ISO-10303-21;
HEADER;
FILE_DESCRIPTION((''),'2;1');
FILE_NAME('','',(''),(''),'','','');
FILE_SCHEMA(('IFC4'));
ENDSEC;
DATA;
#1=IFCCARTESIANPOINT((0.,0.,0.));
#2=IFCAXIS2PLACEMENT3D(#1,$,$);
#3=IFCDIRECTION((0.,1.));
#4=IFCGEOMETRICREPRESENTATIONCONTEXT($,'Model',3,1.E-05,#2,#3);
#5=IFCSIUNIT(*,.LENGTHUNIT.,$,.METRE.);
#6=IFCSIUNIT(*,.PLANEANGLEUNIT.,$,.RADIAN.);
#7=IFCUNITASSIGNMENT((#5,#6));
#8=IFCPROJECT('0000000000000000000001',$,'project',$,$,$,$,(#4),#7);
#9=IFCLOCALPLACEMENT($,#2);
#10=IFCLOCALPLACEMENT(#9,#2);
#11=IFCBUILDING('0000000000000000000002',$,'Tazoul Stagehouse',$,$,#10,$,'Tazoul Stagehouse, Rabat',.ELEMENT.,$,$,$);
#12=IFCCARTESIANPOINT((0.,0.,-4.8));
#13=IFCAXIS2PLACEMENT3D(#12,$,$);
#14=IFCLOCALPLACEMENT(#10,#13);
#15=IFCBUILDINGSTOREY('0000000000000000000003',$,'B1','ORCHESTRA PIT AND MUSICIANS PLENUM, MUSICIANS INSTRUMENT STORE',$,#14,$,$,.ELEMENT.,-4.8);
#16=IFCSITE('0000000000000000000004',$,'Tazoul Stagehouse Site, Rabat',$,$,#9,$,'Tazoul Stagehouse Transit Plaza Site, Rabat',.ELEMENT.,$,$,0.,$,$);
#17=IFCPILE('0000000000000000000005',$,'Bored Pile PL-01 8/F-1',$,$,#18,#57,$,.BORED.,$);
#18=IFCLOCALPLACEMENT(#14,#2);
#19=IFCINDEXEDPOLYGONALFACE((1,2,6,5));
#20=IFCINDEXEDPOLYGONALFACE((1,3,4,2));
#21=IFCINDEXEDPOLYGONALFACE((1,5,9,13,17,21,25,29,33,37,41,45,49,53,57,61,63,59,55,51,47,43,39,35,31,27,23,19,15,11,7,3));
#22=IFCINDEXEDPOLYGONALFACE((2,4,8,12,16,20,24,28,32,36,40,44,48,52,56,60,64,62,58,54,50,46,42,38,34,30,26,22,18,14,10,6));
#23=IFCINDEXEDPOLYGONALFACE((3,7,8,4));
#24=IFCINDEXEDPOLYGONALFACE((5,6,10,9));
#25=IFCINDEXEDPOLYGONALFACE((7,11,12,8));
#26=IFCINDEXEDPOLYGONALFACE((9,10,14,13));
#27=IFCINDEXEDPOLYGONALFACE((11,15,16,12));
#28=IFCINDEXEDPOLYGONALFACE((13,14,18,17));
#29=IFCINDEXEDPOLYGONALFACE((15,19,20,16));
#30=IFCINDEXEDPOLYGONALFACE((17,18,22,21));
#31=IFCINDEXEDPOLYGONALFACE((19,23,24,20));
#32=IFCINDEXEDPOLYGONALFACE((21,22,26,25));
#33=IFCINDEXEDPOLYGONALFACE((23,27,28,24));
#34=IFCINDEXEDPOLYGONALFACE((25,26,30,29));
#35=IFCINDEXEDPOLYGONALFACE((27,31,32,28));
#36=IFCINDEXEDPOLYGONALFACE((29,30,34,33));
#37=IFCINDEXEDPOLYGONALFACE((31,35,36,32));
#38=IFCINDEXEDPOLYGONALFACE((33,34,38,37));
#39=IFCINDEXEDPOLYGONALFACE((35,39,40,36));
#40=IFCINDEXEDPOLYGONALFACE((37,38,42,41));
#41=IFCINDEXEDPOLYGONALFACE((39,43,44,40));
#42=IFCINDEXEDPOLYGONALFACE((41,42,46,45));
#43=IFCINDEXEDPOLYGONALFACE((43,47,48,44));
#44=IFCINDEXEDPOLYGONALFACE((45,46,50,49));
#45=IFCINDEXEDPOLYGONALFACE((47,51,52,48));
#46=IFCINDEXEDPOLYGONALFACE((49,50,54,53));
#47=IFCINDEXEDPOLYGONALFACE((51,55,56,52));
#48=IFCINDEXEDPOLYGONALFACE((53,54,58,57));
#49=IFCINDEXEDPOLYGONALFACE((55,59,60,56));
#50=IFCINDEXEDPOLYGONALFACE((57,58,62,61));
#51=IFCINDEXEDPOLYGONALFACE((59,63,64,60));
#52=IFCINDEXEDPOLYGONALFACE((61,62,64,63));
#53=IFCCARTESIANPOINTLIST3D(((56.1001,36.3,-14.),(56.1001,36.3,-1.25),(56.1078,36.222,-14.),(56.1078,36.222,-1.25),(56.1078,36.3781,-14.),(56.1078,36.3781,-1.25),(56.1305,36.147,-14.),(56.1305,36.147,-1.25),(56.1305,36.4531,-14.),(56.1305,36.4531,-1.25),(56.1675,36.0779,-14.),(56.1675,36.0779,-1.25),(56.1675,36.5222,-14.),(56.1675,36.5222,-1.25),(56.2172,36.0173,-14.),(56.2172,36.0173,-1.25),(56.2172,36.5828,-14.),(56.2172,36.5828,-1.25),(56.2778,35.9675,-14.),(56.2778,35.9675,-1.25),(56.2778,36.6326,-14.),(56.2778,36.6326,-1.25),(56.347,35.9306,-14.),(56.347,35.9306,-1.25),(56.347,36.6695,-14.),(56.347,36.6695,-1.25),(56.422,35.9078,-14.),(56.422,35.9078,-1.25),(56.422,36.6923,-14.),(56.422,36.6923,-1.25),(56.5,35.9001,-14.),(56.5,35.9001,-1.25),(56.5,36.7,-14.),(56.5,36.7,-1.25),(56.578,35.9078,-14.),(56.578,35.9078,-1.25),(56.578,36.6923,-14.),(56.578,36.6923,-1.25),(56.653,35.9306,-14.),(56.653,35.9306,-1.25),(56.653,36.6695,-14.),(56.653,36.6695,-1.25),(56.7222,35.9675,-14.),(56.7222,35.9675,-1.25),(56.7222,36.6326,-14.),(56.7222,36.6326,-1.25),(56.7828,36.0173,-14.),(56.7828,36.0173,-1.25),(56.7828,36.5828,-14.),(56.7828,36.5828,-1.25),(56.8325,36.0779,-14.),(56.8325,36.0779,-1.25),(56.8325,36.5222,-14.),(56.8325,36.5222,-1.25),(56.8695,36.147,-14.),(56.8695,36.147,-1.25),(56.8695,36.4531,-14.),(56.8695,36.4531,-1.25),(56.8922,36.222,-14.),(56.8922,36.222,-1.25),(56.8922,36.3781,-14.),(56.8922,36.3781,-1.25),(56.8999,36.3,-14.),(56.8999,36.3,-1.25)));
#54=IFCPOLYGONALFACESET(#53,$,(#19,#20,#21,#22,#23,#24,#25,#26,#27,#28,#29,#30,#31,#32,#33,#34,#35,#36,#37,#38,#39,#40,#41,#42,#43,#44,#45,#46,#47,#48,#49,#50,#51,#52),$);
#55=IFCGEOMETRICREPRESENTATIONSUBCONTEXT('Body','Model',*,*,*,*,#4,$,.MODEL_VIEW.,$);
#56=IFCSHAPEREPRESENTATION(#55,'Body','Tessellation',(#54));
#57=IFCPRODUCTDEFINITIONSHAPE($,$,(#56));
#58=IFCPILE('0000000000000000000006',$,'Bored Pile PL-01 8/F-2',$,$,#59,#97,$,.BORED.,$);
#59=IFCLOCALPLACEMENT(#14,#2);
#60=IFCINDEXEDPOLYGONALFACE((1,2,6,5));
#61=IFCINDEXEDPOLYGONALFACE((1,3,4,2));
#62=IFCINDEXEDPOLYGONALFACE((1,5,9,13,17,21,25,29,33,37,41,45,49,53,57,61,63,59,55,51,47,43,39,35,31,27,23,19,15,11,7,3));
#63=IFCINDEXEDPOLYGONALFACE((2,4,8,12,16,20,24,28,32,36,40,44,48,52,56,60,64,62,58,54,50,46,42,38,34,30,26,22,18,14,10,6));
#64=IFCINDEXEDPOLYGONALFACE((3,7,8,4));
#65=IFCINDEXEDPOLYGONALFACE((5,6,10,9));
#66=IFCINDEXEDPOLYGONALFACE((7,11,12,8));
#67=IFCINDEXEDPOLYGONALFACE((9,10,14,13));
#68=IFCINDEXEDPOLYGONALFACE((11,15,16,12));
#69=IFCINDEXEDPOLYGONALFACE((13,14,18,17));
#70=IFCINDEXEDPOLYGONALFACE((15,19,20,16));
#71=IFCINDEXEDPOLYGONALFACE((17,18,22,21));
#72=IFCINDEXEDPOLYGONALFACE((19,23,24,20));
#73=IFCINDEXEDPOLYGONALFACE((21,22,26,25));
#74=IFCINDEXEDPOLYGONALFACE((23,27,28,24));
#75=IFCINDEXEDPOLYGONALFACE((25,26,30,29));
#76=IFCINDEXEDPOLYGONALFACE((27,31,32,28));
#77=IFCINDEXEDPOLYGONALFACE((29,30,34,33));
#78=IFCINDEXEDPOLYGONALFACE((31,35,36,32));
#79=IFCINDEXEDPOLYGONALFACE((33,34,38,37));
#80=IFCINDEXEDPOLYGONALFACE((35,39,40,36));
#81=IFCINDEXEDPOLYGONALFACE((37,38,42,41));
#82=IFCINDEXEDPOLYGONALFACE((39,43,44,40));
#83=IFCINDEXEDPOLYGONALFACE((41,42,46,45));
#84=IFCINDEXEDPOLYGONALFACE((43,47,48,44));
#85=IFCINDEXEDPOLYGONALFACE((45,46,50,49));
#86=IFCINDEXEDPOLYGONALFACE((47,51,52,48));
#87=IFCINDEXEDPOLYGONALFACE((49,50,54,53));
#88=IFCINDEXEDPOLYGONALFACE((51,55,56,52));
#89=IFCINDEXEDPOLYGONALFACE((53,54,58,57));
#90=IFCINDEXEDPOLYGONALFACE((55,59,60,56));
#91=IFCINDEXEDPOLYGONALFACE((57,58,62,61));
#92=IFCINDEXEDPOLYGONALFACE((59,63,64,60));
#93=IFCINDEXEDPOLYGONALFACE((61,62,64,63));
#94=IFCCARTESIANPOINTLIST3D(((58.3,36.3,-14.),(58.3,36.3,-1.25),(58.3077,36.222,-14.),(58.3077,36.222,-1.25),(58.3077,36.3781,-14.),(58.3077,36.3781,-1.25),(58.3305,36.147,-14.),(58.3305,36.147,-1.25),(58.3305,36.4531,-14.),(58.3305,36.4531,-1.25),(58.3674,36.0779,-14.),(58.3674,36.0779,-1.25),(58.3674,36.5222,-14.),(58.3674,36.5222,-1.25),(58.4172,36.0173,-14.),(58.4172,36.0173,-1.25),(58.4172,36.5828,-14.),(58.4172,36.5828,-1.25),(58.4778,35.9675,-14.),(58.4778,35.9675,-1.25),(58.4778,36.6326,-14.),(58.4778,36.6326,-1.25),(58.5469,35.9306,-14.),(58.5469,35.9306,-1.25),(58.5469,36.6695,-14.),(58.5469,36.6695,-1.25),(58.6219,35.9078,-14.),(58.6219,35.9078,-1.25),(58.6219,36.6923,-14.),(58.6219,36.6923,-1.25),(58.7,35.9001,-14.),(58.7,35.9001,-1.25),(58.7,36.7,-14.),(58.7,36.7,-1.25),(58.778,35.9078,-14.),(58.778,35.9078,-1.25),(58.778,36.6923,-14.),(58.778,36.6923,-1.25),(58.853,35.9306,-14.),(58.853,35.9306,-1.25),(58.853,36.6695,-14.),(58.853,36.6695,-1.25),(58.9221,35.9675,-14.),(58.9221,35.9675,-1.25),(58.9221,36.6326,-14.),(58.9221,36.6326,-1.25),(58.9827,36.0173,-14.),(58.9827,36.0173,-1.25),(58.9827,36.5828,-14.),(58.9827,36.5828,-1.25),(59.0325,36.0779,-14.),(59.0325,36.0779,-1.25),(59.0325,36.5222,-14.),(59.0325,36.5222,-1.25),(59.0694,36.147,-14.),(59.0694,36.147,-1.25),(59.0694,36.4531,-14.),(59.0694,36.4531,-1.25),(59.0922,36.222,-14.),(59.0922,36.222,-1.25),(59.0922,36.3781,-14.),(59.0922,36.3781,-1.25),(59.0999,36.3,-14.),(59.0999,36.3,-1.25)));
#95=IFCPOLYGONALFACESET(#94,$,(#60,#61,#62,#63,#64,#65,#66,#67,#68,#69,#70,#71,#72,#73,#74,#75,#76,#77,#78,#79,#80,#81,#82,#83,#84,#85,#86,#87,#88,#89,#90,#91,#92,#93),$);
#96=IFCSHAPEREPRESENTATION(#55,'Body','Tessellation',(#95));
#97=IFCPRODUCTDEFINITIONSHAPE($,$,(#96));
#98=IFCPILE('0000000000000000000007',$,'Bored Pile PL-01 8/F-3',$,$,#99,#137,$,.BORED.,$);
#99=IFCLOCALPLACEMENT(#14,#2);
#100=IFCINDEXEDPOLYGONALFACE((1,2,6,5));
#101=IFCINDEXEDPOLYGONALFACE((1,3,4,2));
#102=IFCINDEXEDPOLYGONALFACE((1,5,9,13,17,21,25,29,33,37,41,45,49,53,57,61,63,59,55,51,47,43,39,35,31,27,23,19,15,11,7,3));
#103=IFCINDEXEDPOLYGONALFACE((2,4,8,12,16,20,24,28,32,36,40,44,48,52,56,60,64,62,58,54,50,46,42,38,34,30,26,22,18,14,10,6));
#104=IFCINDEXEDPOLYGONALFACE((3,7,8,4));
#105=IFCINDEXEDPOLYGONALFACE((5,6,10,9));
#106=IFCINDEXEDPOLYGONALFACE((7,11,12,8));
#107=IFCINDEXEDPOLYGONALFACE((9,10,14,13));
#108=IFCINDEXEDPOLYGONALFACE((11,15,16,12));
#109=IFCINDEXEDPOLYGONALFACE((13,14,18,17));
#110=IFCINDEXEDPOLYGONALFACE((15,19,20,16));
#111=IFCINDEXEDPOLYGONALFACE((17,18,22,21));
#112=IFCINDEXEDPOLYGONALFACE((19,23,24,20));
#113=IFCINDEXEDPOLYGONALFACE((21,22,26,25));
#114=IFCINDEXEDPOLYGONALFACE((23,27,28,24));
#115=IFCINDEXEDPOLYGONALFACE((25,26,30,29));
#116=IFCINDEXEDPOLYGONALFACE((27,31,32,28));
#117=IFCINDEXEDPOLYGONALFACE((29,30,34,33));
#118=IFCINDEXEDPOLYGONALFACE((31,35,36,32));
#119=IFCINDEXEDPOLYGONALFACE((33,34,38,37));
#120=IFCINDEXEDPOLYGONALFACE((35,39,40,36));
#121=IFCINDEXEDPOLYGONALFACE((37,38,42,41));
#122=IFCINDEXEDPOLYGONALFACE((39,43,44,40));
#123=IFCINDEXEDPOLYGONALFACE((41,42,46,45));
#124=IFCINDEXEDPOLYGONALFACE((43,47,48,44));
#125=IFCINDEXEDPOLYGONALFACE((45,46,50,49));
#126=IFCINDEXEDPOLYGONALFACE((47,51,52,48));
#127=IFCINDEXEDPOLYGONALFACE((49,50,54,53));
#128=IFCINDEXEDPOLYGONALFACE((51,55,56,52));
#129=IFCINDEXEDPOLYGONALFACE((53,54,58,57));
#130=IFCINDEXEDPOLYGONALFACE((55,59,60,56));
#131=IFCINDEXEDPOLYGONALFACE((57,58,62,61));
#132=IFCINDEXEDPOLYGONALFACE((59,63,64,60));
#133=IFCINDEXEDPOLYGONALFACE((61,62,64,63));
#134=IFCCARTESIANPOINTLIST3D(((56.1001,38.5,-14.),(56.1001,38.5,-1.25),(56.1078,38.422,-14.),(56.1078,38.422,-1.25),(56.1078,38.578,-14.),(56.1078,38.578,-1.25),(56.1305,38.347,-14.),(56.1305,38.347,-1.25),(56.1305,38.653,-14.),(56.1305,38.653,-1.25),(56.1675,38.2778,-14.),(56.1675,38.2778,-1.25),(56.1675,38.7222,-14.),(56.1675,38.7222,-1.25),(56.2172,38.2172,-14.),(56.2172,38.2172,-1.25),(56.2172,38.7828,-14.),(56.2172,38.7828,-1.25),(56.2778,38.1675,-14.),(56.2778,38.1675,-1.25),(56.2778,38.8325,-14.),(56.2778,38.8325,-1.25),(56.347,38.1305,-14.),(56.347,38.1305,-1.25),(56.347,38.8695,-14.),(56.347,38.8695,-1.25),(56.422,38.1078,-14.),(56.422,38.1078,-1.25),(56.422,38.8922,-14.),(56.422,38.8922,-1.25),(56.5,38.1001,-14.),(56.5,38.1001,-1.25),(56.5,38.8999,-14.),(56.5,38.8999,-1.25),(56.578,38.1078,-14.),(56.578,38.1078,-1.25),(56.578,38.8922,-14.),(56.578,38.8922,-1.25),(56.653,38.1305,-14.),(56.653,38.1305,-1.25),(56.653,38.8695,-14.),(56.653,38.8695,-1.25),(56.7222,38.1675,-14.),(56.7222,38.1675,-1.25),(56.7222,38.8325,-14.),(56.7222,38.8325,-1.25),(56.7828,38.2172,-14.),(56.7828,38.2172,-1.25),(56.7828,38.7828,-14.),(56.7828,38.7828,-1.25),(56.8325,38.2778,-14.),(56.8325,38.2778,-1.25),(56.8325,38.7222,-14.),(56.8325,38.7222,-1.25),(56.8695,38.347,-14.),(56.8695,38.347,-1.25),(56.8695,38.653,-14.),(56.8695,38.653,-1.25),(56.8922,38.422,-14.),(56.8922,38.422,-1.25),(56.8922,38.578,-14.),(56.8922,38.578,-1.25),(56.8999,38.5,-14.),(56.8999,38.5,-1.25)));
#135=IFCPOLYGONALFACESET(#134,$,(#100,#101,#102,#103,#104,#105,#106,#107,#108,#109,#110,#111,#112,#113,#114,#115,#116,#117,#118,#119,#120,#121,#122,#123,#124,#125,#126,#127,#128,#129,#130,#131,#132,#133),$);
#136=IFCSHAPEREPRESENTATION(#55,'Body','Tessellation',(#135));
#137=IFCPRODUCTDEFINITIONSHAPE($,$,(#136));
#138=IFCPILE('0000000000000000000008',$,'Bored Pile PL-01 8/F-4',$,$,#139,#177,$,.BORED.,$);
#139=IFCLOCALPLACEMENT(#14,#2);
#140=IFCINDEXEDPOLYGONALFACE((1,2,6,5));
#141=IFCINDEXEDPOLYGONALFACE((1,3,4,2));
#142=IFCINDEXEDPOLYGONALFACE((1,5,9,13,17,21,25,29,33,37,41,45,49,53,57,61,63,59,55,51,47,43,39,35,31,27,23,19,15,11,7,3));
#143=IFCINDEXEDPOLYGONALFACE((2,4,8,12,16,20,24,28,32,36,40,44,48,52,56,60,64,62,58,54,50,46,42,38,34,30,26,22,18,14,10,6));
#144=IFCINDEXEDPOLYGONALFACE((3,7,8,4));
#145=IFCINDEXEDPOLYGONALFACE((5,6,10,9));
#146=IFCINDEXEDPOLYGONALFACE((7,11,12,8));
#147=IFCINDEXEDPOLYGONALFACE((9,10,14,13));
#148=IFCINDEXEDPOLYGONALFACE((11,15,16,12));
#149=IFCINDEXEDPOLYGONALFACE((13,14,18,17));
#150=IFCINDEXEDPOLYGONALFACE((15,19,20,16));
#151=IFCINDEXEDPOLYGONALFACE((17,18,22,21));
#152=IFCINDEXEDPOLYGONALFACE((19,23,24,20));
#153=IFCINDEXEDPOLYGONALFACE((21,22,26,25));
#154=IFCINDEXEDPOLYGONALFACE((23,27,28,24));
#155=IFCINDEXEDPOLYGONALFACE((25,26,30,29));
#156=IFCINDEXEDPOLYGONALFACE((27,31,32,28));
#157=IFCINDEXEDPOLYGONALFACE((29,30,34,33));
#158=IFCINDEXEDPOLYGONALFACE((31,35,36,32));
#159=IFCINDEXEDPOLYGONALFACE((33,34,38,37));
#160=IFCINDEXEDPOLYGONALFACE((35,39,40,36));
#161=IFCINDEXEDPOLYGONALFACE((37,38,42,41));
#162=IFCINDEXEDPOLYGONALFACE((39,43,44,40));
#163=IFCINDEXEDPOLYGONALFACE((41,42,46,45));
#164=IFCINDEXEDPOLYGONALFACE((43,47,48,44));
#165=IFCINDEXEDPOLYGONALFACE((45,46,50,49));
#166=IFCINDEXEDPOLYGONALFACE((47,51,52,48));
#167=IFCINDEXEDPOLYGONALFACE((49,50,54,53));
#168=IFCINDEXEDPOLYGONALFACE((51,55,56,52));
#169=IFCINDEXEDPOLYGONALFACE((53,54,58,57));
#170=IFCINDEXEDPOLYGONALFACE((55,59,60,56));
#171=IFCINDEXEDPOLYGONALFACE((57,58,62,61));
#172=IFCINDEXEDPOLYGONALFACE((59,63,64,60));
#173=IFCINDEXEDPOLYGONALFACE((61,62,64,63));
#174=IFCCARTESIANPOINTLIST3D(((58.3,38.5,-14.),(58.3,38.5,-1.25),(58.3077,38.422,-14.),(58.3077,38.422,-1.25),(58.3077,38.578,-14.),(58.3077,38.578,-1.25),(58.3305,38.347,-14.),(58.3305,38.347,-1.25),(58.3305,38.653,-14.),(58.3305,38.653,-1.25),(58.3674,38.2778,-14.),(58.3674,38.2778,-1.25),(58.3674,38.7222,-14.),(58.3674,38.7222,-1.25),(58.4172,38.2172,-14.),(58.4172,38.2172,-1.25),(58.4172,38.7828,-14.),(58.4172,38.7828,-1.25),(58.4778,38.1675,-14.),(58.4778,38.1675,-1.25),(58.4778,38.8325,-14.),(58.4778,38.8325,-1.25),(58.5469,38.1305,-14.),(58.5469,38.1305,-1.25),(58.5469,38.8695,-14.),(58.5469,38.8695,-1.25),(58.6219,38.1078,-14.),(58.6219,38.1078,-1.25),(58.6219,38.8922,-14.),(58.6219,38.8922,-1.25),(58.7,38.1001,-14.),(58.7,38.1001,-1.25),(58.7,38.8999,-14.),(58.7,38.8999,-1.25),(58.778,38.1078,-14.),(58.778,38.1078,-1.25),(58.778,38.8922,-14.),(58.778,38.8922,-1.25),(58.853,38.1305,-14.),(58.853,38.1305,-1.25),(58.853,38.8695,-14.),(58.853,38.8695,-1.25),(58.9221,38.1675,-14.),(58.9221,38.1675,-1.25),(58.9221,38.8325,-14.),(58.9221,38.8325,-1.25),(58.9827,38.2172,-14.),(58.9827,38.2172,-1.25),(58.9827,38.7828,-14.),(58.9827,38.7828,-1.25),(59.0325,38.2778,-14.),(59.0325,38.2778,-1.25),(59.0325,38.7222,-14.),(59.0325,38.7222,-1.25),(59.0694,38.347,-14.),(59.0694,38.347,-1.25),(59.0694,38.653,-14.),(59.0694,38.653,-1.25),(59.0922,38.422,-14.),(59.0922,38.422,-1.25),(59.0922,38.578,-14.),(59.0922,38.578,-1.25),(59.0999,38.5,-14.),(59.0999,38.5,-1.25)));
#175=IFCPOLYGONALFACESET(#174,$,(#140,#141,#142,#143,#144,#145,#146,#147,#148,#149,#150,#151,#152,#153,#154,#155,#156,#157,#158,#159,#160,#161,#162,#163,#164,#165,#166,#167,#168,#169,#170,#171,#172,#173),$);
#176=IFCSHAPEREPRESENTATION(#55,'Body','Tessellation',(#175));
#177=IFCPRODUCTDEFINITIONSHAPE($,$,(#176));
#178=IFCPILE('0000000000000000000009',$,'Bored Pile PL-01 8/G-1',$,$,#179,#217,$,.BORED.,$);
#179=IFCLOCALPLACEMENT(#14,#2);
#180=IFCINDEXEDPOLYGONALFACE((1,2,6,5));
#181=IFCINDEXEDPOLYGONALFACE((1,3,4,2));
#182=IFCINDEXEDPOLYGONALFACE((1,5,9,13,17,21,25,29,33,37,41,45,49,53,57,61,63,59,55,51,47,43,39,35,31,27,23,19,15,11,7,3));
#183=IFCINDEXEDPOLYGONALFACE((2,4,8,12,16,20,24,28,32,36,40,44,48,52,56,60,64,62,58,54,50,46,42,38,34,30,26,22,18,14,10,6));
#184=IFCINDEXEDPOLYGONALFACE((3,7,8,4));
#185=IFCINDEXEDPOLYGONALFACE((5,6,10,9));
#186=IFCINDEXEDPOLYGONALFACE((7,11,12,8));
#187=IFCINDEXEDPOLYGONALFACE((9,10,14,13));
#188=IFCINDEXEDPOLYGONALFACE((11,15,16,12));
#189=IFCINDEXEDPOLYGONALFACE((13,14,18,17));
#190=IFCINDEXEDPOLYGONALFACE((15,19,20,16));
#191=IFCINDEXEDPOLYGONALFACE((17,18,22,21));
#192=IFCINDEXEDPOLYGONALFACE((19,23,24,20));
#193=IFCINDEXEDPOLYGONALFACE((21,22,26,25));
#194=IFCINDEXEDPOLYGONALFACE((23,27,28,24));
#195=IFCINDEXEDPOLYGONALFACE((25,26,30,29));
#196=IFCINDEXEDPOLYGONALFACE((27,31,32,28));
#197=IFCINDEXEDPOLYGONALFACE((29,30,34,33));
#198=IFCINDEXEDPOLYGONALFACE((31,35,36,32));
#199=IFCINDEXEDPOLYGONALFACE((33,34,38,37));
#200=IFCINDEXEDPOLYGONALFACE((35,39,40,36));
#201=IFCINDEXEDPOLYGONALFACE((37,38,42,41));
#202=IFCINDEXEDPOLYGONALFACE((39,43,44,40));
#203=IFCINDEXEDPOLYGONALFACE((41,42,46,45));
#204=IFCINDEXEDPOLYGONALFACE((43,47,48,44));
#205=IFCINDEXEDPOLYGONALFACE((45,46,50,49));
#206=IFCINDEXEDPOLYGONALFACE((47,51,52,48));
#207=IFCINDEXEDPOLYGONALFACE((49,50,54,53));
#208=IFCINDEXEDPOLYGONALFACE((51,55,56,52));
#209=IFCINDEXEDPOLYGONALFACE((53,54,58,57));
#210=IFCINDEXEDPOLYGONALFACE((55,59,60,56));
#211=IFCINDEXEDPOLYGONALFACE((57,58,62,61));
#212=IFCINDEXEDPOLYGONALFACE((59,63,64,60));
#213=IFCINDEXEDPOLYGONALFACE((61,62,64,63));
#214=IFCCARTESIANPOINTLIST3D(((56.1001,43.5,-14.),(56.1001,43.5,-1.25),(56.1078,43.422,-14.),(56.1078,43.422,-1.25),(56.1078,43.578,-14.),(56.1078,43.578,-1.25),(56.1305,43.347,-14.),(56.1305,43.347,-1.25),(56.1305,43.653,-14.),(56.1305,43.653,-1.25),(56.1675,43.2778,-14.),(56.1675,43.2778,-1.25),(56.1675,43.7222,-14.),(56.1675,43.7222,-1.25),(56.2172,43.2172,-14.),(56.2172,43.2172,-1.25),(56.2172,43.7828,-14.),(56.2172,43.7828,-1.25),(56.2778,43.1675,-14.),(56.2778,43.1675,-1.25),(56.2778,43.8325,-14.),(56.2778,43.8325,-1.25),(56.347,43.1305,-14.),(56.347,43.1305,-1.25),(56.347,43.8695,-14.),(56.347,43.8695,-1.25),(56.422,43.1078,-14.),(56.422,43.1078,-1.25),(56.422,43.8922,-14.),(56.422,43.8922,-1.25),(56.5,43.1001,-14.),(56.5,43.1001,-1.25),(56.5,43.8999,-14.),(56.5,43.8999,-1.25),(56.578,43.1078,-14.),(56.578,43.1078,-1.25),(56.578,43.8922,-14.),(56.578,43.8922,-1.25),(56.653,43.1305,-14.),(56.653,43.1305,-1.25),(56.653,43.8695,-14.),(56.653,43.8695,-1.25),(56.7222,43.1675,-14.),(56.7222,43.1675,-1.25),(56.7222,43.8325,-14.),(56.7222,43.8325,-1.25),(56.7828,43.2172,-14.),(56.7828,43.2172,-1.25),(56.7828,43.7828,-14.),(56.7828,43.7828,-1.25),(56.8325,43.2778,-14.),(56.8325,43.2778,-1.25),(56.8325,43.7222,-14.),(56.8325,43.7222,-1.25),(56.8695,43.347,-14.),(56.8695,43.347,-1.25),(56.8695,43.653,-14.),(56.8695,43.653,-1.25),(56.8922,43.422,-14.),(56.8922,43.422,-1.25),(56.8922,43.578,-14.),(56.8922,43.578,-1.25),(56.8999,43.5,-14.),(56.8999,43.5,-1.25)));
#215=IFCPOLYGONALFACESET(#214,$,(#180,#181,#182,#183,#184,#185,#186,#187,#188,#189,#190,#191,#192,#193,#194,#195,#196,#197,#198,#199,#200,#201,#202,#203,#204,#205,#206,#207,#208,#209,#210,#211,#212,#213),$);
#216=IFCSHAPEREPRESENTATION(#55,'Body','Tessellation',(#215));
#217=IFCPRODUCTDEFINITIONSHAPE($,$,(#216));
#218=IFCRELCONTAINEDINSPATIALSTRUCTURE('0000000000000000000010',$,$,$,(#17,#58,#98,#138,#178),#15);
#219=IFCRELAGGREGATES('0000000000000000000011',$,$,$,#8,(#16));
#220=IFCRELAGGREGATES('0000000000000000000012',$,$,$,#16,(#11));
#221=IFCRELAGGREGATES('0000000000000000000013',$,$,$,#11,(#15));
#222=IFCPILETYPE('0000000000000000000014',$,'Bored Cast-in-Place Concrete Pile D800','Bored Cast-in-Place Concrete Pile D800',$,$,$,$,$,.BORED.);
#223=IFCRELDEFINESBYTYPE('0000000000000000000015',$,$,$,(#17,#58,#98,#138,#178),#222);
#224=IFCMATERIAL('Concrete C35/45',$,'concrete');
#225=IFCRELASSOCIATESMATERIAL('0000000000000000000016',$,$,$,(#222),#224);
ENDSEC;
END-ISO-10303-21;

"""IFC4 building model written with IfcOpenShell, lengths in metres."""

from ifc_helpers import new_model, si_unit, direction, frame, origin, origin_2d, place, context, subcontext, project, spatial, circle, extrude, material, material_profile, profile_set, type_object, element, save


model = new_model("IFC4")

# Units and contexts
model_context = context("Model", 3, precision=1e-05, world=origin(), true_north=direction((0.0, 1.0)))
body_context = subcontext(model_context, "Body", "Model", "MODEL_VIEW")
ifc_project = project(units=[si_unit("LENGTHUNIT", "METRE"), si_unit("PLANEANGLEUNIT", "RADIAN")], contexts=[model_context])

# Site, building, storey
site_placement = place(None, origin())
site = spatial("IfcSite", under=ifc_project, at=site_placement, Name="Tazoul Stagehouse Site, Rabat", LongName="Tazoul Stagehouse Transit Plaza Site, Rabat", CompositionType="ELEMENT", RefElevation=0.0)
building_placement = place(site_placement, origin())
building = spatial("IfcBuilding", under=site, at=building_placement, Name="Tazoul Stagehouse", LongName="Tazoul Stagehouse, Rabat", CompositionType="ELEMENT")
storey_placement = place(building_placement, frame((0.0, 0.0, -4.8)))
storey = spatial("IfcBuildingStorey", under=building, at=storey_placement, Name="B1", Description="ORCHESTRA PIT AND MUSICIANS PLENUM, MUSICIANS INSTRUMENT STORE", CompositionType="ELEMENT", Elevation=-4.8)

# Piles
ifc_material_1 = material(Name="Concrete C35/45", Category="concrete")
ifc_material_profile_1 = material_profile(ifc_material_1, circle(Radius=0.3999, at=origin_2d()), Name="BORED PILE 800")
ifc_profile_set_1 = profile_set([ifc_material_profile_1], Name="Concrete C35/45")
pile_type = type_object("IfcPileType", Name="Bored Cast-in-Place Concrete Pile D800", Description="Bored Cast-in-Place Concrete Pile D800", PredefinedType="BORED", material=ifc_profile_set_1)
for number, where, z_axis, x_axis, name in (
    (1, (56.5, 36.3, -1.25), (0.0, 0.0, -1.0), (1.0, 0.0, 0.0), "Bored Pile PL-01 8/F-1"),
    (2, (58.7, 36.3, -1.25), (0.0, 0.0, -1.0), (1.0, 0.0, 0.0), "Bored Pile PL-01 8/F-2"),
    (3, (56.5, 38.5, -1.25), (0.0, 0.0, -1.0), (1.0, 0.0, 0.0), "Bored Pile PL-01 8/F-3"),
    (4, (58.7, 38.5, -1.25), (0.0, 0.0, -1.0), (1.0, 0.0, 0.0), "Bored Pile PL-01 8/F-4"),
    (5, (56.5, 43.5, -1.25), (0.0, 0.0, -1.0), (1.0, 0.0, 0.0), "Bored Pile PL-01 8/G-1"),
):
    element("IfcPile", number, at=place(storey_placement, frame(where, z_axis=z_axis, x_axis=x_axis)), inside=storey, type_object=pile_type, Name=name, PredefinedType="BORED", context=body_context, shape_type="SweptSolid", body=[
        extrude(circle(Radius=0.3999, at=origin_2d()), origin(), (0.0, 0.0, 1.0), 12.75),
    ])

save(model, "model.ifc")
